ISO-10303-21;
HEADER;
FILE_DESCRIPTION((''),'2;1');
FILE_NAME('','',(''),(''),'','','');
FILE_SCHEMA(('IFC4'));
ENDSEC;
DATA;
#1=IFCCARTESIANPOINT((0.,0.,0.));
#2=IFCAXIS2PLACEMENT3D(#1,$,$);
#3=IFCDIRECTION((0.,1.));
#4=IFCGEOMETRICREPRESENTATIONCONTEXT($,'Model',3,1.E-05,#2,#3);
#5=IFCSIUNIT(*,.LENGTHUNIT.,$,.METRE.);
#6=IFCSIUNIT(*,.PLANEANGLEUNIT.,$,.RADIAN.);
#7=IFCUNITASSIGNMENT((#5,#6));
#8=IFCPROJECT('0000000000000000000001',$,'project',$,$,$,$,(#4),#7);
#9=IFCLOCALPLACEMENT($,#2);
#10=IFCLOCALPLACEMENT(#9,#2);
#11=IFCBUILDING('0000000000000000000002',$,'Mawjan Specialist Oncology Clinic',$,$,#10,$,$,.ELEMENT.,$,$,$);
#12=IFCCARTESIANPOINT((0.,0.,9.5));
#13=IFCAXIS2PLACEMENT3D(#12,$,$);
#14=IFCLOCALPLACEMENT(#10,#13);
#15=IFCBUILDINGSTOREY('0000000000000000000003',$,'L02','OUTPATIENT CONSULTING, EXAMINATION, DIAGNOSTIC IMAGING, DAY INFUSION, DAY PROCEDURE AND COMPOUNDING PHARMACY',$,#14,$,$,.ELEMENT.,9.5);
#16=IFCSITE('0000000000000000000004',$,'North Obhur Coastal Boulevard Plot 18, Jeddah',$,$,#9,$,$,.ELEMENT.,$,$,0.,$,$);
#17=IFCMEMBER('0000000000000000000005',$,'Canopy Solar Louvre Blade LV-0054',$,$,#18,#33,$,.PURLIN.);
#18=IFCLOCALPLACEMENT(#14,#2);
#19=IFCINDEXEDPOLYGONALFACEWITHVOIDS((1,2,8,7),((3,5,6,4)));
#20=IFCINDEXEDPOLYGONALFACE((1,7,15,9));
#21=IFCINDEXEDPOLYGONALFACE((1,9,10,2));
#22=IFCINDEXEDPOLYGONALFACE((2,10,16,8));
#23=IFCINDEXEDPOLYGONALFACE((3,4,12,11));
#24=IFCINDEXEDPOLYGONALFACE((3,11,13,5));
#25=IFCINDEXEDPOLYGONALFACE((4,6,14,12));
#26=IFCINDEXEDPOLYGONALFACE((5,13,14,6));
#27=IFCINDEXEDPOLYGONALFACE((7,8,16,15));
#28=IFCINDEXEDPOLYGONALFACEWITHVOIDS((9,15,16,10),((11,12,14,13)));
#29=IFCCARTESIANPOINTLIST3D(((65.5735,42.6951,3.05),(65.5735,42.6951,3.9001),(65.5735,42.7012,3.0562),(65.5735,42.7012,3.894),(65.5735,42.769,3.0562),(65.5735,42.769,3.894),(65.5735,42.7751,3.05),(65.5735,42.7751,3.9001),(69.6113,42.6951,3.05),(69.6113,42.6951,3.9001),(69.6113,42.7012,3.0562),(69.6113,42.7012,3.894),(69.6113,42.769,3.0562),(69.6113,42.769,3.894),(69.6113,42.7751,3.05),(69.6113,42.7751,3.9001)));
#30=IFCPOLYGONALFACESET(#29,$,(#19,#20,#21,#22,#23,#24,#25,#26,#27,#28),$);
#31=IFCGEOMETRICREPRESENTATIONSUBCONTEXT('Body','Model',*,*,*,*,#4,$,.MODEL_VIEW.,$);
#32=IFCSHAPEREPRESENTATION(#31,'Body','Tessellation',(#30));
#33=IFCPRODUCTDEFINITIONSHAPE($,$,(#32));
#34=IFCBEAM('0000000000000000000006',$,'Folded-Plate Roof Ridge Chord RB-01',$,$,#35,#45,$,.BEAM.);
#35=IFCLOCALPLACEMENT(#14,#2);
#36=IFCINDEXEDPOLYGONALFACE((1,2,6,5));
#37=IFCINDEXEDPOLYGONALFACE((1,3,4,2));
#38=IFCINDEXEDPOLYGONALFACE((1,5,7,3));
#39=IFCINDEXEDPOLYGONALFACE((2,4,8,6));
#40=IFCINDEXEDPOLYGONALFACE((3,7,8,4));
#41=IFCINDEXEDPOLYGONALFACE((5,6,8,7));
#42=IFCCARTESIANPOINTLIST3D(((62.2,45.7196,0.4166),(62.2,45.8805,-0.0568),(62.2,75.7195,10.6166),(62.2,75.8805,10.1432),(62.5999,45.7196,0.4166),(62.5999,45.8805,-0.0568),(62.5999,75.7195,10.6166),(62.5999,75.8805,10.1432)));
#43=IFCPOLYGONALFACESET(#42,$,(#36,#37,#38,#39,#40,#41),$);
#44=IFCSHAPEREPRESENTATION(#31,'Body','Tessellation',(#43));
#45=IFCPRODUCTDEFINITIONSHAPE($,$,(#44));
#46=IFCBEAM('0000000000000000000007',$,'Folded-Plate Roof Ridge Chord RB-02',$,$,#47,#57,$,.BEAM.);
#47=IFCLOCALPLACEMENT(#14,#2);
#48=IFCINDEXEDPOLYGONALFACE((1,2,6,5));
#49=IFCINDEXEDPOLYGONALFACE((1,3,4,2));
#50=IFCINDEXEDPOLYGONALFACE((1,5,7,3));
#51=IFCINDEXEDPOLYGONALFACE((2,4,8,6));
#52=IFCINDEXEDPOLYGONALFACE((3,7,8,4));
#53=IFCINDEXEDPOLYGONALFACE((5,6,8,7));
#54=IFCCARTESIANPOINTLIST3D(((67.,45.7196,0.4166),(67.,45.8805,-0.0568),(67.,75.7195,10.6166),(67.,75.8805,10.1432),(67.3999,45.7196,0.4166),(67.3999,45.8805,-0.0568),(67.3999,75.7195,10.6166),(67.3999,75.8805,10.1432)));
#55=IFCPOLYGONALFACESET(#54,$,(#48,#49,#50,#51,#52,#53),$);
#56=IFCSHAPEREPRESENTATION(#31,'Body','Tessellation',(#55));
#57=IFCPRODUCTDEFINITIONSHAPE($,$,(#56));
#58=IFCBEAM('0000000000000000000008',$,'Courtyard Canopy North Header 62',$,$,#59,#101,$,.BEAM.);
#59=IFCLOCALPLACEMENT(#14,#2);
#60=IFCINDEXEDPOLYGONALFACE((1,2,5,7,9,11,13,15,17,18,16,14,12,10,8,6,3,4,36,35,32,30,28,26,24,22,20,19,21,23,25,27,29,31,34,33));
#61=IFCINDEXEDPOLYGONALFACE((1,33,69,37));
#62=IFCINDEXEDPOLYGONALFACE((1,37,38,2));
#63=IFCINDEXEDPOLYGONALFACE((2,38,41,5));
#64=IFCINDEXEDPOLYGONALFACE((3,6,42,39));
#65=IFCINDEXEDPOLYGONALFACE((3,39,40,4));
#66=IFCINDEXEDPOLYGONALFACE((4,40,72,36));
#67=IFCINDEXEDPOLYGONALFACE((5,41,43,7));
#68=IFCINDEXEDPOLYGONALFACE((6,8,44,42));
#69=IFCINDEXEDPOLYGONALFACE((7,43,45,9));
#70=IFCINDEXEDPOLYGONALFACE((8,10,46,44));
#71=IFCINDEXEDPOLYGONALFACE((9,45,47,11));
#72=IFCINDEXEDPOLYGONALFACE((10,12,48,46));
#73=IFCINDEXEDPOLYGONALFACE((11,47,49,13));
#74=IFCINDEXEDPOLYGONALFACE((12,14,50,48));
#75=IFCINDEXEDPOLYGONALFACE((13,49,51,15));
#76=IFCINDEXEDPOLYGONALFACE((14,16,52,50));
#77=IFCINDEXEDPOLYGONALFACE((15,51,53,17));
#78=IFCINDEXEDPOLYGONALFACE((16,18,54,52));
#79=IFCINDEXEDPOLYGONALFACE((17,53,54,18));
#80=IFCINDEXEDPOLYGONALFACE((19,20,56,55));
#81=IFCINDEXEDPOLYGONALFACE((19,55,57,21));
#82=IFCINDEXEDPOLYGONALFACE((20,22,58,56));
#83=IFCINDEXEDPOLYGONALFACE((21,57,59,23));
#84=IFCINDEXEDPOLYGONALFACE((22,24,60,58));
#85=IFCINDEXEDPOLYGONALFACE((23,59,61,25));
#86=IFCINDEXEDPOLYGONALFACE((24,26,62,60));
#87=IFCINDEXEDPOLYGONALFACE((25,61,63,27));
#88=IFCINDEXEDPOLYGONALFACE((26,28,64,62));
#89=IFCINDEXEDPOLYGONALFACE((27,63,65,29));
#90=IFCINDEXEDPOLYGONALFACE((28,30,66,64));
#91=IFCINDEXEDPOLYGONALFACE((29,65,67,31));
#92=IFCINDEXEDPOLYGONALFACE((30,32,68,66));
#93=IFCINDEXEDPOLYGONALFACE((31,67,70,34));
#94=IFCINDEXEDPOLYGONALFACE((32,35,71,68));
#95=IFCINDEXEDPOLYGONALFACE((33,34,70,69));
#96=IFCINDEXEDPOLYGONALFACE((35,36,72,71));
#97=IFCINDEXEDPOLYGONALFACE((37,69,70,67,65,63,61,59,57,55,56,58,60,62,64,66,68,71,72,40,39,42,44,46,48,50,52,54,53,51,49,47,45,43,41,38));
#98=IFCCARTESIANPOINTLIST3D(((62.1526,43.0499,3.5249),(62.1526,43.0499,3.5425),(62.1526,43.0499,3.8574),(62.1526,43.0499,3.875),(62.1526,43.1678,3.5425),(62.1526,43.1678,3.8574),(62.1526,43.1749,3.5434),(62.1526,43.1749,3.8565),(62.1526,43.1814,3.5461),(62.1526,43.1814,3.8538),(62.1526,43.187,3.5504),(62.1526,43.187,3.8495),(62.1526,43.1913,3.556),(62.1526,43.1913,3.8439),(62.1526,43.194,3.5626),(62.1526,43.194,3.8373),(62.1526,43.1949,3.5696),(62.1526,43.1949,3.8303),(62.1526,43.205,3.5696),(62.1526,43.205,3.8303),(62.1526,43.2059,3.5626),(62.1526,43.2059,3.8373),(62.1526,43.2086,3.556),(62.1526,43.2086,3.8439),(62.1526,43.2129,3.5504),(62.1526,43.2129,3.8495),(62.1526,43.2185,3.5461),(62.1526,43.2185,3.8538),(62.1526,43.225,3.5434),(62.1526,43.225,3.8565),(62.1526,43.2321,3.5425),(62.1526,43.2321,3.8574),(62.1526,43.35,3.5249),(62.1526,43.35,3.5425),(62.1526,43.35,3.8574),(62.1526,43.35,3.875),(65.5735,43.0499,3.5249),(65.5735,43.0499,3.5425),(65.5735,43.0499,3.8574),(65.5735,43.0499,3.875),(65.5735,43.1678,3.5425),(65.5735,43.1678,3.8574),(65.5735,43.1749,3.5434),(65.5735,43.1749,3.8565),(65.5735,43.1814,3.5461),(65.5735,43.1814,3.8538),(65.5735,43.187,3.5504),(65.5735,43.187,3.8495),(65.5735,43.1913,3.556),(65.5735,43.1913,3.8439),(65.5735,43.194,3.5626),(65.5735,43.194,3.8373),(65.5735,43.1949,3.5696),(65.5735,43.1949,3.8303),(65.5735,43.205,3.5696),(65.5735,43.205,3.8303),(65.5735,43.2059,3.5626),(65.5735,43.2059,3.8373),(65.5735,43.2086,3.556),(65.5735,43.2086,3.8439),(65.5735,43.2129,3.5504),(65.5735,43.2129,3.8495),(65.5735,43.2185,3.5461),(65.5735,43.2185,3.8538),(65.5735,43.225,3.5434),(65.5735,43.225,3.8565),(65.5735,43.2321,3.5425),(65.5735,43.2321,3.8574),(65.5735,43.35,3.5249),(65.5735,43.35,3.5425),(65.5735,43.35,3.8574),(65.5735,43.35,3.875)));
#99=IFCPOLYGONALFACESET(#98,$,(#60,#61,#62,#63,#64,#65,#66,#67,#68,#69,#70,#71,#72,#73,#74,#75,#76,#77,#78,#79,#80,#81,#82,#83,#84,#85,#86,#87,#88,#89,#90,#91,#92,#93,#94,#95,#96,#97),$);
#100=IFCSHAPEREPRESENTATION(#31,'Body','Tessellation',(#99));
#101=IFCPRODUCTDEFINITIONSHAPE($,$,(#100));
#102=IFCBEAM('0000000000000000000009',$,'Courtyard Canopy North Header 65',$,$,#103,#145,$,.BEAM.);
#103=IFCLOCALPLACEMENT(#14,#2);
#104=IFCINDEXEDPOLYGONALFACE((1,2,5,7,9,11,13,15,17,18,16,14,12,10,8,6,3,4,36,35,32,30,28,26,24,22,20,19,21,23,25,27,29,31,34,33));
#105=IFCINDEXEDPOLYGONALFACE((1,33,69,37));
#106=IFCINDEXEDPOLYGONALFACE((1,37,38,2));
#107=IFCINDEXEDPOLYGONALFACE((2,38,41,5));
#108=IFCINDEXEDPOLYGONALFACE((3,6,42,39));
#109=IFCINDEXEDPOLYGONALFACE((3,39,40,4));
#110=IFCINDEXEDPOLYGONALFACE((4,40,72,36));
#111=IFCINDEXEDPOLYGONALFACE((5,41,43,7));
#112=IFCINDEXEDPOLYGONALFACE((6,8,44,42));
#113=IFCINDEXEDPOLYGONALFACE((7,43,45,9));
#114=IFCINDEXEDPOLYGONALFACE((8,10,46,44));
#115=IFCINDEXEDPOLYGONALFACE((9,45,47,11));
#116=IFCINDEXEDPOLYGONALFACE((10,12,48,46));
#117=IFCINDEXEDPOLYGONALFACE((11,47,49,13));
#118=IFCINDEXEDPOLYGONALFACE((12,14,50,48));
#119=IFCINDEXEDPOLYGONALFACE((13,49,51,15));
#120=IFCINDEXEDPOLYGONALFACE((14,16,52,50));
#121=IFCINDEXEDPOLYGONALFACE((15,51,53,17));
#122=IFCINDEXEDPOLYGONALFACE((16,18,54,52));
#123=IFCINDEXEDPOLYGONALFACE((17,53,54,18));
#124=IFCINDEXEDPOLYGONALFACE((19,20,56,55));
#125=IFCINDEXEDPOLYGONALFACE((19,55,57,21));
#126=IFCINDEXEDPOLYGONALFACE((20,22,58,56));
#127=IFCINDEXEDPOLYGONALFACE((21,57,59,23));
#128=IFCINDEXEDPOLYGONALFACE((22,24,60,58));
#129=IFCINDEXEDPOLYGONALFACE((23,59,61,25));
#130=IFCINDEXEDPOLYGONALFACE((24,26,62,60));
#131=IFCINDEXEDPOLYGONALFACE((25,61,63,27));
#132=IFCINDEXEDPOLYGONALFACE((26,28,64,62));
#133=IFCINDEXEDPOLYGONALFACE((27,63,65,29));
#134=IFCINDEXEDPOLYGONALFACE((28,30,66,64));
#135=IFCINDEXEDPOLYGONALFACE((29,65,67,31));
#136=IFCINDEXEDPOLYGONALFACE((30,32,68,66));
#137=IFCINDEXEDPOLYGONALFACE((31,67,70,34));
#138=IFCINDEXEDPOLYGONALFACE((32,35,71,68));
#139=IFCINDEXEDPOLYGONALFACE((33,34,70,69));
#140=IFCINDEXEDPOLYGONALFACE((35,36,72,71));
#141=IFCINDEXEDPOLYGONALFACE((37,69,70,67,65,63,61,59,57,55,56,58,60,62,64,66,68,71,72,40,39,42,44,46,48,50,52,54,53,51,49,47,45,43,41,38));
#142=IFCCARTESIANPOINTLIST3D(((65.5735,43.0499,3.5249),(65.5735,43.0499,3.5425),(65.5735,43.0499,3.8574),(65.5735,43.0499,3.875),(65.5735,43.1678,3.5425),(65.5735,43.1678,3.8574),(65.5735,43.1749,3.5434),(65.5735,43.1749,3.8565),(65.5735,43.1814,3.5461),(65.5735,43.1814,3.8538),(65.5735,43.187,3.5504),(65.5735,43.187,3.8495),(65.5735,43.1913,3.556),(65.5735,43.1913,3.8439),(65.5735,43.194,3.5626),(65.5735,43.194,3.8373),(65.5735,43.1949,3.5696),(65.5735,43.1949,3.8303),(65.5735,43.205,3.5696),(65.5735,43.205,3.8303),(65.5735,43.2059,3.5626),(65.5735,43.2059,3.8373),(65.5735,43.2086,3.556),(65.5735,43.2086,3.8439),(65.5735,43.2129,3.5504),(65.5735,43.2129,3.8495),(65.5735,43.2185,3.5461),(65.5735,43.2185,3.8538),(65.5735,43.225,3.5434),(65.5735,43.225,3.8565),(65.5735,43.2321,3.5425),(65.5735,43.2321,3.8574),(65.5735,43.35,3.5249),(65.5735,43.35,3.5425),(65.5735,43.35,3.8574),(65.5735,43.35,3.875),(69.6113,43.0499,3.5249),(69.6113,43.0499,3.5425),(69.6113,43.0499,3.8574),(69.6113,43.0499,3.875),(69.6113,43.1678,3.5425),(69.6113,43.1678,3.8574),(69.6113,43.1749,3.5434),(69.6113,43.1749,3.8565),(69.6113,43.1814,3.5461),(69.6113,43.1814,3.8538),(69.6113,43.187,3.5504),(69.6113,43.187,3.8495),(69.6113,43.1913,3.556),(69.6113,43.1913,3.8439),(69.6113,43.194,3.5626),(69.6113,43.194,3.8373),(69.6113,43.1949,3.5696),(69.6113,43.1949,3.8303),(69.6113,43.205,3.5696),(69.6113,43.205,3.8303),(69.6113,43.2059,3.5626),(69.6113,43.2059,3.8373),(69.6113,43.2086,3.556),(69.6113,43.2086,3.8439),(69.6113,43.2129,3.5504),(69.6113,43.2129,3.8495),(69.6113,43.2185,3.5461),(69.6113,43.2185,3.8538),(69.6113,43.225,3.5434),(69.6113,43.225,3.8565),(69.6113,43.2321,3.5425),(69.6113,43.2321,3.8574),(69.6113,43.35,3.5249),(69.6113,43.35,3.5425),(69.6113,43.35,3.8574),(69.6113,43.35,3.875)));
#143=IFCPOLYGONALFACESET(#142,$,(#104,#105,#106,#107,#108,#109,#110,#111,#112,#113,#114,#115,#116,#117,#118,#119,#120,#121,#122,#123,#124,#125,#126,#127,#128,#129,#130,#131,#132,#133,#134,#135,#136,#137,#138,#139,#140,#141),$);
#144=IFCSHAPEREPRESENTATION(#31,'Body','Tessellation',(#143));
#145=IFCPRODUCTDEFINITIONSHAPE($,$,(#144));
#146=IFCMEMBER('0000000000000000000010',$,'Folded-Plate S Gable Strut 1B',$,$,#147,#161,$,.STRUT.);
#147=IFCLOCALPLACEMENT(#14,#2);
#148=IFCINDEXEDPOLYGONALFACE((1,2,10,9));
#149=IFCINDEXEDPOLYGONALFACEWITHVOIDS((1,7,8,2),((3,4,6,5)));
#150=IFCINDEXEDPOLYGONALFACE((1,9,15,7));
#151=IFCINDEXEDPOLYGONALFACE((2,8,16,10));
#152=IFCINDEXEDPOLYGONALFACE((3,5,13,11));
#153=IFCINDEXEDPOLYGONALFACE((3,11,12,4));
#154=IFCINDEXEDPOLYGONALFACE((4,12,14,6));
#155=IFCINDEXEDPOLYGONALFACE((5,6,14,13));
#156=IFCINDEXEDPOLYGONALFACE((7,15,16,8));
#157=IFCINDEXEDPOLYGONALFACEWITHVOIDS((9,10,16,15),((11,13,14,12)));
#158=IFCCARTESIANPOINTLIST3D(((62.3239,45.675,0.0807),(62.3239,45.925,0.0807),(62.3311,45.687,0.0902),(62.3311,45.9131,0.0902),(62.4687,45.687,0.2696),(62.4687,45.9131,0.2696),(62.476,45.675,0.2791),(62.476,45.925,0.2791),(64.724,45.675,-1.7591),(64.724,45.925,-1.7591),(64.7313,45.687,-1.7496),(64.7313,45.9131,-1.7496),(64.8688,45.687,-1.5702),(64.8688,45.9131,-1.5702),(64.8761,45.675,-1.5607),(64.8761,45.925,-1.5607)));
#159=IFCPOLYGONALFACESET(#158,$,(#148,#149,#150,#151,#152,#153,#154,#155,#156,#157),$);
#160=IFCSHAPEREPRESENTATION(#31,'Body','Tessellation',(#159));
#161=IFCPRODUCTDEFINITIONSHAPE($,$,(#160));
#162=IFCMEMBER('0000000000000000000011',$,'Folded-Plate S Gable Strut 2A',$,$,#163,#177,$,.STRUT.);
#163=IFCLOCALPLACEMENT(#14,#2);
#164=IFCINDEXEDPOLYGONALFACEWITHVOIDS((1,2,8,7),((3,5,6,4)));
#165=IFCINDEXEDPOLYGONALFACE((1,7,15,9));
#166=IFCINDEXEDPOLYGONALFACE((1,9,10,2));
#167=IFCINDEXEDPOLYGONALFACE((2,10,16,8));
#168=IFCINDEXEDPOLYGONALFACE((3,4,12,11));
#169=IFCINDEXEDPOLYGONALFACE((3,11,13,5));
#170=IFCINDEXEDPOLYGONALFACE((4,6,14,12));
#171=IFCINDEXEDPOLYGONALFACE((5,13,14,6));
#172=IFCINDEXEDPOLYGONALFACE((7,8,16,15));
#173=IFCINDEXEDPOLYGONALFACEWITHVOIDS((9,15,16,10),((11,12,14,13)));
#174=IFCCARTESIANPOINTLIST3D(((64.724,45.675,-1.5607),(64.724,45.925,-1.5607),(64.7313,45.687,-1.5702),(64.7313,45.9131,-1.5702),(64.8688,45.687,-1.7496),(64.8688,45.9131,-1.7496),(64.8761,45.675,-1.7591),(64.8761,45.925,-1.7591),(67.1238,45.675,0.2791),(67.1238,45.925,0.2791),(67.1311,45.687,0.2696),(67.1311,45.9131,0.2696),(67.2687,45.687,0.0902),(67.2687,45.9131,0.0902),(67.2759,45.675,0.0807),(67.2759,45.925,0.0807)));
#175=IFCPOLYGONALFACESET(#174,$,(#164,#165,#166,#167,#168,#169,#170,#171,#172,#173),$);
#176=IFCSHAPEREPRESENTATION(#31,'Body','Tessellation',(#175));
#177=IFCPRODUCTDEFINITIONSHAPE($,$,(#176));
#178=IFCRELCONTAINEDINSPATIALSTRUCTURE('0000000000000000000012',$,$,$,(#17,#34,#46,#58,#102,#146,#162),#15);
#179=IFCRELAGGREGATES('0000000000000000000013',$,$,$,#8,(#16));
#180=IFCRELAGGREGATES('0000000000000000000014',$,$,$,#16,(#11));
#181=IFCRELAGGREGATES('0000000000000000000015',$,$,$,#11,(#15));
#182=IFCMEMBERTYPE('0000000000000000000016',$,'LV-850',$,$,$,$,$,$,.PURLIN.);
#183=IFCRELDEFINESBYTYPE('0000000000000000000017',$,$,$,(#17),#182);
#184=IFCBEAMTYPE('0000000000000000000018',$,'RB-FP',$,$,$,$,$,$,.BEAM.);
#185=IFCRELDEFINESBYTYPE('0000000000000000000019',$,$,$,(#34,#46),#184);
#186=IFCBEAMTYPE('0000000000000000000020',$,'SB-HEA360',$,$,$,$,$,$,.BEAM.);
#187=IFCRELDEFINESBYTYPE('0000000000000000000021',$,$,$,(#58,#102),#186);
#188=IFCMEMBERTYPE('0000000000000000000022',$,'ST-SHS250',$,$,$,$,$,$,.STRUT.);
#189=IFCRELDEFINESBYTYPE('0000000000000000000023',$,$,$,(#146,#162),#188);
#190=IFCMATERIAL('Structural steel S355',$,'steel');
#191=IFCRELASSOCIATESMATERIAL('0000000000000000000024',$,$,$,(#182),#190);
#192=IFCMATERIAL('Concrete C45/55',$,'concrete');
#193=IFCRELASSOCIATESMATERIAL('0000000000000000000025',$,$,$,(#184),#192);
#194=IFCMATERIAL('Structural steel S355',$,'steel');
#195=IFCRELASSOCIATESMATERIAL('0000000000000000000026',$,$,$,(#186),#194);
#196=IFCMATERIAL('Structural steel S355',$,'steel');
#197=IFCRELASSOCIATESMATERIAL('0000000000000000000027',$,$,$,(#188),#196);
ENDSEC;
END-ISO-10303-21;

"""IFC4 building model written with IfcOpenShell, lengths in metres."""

from ifc_helpers import new_model, si_unit, direction, frame, origin, origin_2d, place, context, subcontext, project, spatial, rectangle, hollow_rectangle, i_section, extrude, material, material_profile, profile_set, type_object, element, save


model = new_model("IFC4")

# Units and contexts
model_context = context("Model", 3, precision=1e-05, world=origin(), true_north=direction((0.0, 1.0)))
body_context = subcontext(model_context, "Body", "Model", "MODEL_VIEW")
ifc_project = project(units=[si_unit("LENGTHUNIT", "METRE"), si_unit("PLANEANGLEUNIT", "RADIAN")], contexts=[model_context])

# Site, building, storey
site_placement = place(None, origin())
site = spatial("IfcSite", under=ifc_project, at=site_placement, Name="North Obhur Coastal Boulevard Plot 18, Jeddah", CompositionType="ELEMENT", RefElevation=0.0)
building_placement = place(site_placement, origin())
building = spatial("IfcBuilding", under=site, at=building_placement, Name="Mawjan Specialist Oncology Clinic", CompositionType="ELEMENT")
storey_placement = place(building_placement, frame((0.0, 0.0, 9.5)))
storey = spatial("IfcBuildingStorey", under=building, at=storey_placement, Name="L02", Description="OUTPATIENT CONSULTING, EXAMINATION, DIAGNOSTIC IMAGING, DAY INFUSION, DAY PROCEDURE AND COMPOUNDING PHARMACY", CompositionType="ELEMENT", Elevation=9.5)

# Member
ifc_material_1 = material(Name="Structural steel S355", Category="steel")
ifc_material_profile_1 = material_profile(ifc_material_1, hollow_rectangle(XDim=0.0801, YDim=0.8501, WallThickness=0.0061, at=origin_2d()), Name="LOUVRE 850x80x6", Category="steel")
ifc_profile_set_1 = profile_set([ifc_material_profile_1], Name="Structural steel S355")
member_type_1 = type_object("IfcMemberType", Name="LV-850", PredefinedType="PURLIN", material=ifc_profile_set_1)
for number, where, z_axis, x_axis, name in (
    (1, (65.5735, 42.7351, 3.4751), (1.0, 0.0, 0.0), (0.0, 1.0, 0.0), "Canopy Solar Louvre Blade LV-0054"),
):
    element("IfcMember", number, at=place(storey_placement, frame(where, z_axis=z_axis, x_axis=x_axis)), inside=storey, type_object=member_type_1, Name=name, PredefinedType="PURLIN", context=body_context, shape_type="SweptSolid", body=[
        extrude(hollow_rectangle(XDim=0.0801, YDim=0.8501, WallThickness=0.0061, at=origin_2d()), origin(), (0.0, 0.0, 1.0), 4.0378),
    ])

# Beams
ifc_material_2 = material(Name="Concrete C45/55", Category="concrete")
ifc_material_profile_2 = material_profile(ifc_material_2, rectangle(XDim=0.3999, YDim=0.5, at=origin_2d()), Name="RC CHORD 400x500", Category="concrete")
ifc_profile_set_2 = profile_set([ifc_material_profile_2], Name="Concrete C45/55")
beam_type_1 = type_object("IfcBeamType", Name="RB-FP", PredefinedType="BEAM", material=ifc_profile_set_2)
for number, where, z_axis, x_axis, name in (
    (2, (62.3999, 45.8, 0.1799), (0.0, 0.946773, 0.321901), (-1.0, 0.0, 0.0), "Folded-Plate Roof Ridge Chord RB-01"),
    (3, (67.2, 45.8, 0.1799), (0.0, 0.946773, 0.321901), (-1.0, 0.0, 0.0), "Folded-Plate Roof Ridge Chord RB-02"),
):
    element("IfcBeam", number, at=place(storey_placement, frame(where, z_axis=z_axis, x_axis=x_axis)), inside=storey, type_object=beam_type_1, Name=name, PredefinedType="BEAM", context=body_context, shape_type="SweptSolid", body=[
        extrude(rectangle(XDim=0.3999, YDim=0.5, at=origin_2d()), origin(), (0.0, 0.0, 1.0), 31.6865),
    ])
ifc_material_3 = material(Name="Structural steel S355", Category="steel")
ifc_material_profile_3 = material_profile(ifc_material_3, i_section(OverallWidth=0.3, OverallDepth=0.3501, WebThickness=0.01, FlangeThickness=0.0176, FilletRadius=0.0271, at=origin_2d()), Name="HEA 360", Category="steel")
ifc_profile_set_3 = profile_set([ifc_material_profile_3], Name="Structural steel S355")
beam_type_2 = type_object("IfcBeamType", Name="SB-HEA360", PredefinedType="BEAM", material=ifc_profile_set_3)
beam_1_placement = place(storey_placement, frame((62.1526, 43.2, 3.7), z_axis=(1.0, 0.0, 0.0), x_axis=(0.0, 1.0, 0.0)))
element("IfcBeam", 4, at=beam_1_placement, inside=storey, type_object=beam_type_2, Name="Courtyard Canopy North Header 62", PredefinedType="BEAM", context=body_context, shape_type="SweptSolid", body=[
    extrude(i_section(OverallWidth=0.3, OverallDepth=0.3501, WebThickness=0.01, FlangeThickness=0.0176, FilletRadius=0.0271, at=origin_2d()), origin(), (0.0, 0.0, 1.0), 3.4209),
])
beam_2_placement = place(storey_placement, frame((65.5735, 43.2, 3.7), z_axis=(1.0, 0.0, 0.0), x_axis=(0.0, 1.0, 0.0)))
element("IfcBeam", 5, at=beam_2_placement, inside=storey, type_object=beam_type_2, Name="Courtyard Canopy North Header 65", PredefinedType="BEAM", context=body_context, shape_type="SweptSolid", body=[
    extrude(i_section(OverallWidth=0.3, OverallDepth=0.3501, WebThickness=0.01, FlangeThickness=0.0176, FilletRadius=0.0271, at=origin_2d()), origin(), (0.0, 0.0, 1.0), 4.0378),
])

# Members
ifc_material_4 = material(Name="Structural steel S355", Category="steel")
ifc_material_profile_4 = material_profile(ifc_material_4, hollow_rectangle(XDim=0.25, YDim=0.25, WallThickness=0.012, at=origin_2d()), Name="SHS 250x250x12", Category="steel")
ifc_profile_set_4 = profile_set([ifc_material_profile_4], Name="Structural steel S355")
member_type_2 = type_object("IfcMemberType", Name="ST-SHS250", PredefinedType="STRUT", material=ifc_profile_set_4)
member_1_placement = place(storey_placement, frame((64.8, 45.8, -1.6599), z_axis=(-0.793649, 0.0, 0.608376), x_axis=(0.0, -1.0, 0.0)))
element("IfcMember", 6, at=member_1_placement, inside=storey, type_object=member_type_2, Name="Folded-Plate S Gable Strut 1B", PredefinedType="STRUT", context=body_context, shape_type="SweptSolid", body=[
    extrude(hollow_rectangle(XDim=0.25, YDim=0.25, WallThickness=0.012, at=origin_2d()), origin(), (0.0, 0.0, 1.0), 3.0242),
])
member_2_placement = place(storey_placement, frame((64.8, 45.8, -1.6599), z_axis=(0.793619, 0.0, 0.608415), x_axis=(0.0, 1.0, 0.0)))
element("IfcMember", 7, at=member_2_placement, inside=storey, type_object=member_type_2, Name="Folded-Plate S Gable Strut 2A", PredefinedType="STRUT", context=body_context, shape_type="SweptSolid", body=[
    extrude(hollow_rectangle(XDim=0.25, YDim=0.25, WallThickness=0.012, at=origin_2d()), origin(), (0.0, 0.0, 1.0), 3.0239),
])

save(model, "model.ifc")
